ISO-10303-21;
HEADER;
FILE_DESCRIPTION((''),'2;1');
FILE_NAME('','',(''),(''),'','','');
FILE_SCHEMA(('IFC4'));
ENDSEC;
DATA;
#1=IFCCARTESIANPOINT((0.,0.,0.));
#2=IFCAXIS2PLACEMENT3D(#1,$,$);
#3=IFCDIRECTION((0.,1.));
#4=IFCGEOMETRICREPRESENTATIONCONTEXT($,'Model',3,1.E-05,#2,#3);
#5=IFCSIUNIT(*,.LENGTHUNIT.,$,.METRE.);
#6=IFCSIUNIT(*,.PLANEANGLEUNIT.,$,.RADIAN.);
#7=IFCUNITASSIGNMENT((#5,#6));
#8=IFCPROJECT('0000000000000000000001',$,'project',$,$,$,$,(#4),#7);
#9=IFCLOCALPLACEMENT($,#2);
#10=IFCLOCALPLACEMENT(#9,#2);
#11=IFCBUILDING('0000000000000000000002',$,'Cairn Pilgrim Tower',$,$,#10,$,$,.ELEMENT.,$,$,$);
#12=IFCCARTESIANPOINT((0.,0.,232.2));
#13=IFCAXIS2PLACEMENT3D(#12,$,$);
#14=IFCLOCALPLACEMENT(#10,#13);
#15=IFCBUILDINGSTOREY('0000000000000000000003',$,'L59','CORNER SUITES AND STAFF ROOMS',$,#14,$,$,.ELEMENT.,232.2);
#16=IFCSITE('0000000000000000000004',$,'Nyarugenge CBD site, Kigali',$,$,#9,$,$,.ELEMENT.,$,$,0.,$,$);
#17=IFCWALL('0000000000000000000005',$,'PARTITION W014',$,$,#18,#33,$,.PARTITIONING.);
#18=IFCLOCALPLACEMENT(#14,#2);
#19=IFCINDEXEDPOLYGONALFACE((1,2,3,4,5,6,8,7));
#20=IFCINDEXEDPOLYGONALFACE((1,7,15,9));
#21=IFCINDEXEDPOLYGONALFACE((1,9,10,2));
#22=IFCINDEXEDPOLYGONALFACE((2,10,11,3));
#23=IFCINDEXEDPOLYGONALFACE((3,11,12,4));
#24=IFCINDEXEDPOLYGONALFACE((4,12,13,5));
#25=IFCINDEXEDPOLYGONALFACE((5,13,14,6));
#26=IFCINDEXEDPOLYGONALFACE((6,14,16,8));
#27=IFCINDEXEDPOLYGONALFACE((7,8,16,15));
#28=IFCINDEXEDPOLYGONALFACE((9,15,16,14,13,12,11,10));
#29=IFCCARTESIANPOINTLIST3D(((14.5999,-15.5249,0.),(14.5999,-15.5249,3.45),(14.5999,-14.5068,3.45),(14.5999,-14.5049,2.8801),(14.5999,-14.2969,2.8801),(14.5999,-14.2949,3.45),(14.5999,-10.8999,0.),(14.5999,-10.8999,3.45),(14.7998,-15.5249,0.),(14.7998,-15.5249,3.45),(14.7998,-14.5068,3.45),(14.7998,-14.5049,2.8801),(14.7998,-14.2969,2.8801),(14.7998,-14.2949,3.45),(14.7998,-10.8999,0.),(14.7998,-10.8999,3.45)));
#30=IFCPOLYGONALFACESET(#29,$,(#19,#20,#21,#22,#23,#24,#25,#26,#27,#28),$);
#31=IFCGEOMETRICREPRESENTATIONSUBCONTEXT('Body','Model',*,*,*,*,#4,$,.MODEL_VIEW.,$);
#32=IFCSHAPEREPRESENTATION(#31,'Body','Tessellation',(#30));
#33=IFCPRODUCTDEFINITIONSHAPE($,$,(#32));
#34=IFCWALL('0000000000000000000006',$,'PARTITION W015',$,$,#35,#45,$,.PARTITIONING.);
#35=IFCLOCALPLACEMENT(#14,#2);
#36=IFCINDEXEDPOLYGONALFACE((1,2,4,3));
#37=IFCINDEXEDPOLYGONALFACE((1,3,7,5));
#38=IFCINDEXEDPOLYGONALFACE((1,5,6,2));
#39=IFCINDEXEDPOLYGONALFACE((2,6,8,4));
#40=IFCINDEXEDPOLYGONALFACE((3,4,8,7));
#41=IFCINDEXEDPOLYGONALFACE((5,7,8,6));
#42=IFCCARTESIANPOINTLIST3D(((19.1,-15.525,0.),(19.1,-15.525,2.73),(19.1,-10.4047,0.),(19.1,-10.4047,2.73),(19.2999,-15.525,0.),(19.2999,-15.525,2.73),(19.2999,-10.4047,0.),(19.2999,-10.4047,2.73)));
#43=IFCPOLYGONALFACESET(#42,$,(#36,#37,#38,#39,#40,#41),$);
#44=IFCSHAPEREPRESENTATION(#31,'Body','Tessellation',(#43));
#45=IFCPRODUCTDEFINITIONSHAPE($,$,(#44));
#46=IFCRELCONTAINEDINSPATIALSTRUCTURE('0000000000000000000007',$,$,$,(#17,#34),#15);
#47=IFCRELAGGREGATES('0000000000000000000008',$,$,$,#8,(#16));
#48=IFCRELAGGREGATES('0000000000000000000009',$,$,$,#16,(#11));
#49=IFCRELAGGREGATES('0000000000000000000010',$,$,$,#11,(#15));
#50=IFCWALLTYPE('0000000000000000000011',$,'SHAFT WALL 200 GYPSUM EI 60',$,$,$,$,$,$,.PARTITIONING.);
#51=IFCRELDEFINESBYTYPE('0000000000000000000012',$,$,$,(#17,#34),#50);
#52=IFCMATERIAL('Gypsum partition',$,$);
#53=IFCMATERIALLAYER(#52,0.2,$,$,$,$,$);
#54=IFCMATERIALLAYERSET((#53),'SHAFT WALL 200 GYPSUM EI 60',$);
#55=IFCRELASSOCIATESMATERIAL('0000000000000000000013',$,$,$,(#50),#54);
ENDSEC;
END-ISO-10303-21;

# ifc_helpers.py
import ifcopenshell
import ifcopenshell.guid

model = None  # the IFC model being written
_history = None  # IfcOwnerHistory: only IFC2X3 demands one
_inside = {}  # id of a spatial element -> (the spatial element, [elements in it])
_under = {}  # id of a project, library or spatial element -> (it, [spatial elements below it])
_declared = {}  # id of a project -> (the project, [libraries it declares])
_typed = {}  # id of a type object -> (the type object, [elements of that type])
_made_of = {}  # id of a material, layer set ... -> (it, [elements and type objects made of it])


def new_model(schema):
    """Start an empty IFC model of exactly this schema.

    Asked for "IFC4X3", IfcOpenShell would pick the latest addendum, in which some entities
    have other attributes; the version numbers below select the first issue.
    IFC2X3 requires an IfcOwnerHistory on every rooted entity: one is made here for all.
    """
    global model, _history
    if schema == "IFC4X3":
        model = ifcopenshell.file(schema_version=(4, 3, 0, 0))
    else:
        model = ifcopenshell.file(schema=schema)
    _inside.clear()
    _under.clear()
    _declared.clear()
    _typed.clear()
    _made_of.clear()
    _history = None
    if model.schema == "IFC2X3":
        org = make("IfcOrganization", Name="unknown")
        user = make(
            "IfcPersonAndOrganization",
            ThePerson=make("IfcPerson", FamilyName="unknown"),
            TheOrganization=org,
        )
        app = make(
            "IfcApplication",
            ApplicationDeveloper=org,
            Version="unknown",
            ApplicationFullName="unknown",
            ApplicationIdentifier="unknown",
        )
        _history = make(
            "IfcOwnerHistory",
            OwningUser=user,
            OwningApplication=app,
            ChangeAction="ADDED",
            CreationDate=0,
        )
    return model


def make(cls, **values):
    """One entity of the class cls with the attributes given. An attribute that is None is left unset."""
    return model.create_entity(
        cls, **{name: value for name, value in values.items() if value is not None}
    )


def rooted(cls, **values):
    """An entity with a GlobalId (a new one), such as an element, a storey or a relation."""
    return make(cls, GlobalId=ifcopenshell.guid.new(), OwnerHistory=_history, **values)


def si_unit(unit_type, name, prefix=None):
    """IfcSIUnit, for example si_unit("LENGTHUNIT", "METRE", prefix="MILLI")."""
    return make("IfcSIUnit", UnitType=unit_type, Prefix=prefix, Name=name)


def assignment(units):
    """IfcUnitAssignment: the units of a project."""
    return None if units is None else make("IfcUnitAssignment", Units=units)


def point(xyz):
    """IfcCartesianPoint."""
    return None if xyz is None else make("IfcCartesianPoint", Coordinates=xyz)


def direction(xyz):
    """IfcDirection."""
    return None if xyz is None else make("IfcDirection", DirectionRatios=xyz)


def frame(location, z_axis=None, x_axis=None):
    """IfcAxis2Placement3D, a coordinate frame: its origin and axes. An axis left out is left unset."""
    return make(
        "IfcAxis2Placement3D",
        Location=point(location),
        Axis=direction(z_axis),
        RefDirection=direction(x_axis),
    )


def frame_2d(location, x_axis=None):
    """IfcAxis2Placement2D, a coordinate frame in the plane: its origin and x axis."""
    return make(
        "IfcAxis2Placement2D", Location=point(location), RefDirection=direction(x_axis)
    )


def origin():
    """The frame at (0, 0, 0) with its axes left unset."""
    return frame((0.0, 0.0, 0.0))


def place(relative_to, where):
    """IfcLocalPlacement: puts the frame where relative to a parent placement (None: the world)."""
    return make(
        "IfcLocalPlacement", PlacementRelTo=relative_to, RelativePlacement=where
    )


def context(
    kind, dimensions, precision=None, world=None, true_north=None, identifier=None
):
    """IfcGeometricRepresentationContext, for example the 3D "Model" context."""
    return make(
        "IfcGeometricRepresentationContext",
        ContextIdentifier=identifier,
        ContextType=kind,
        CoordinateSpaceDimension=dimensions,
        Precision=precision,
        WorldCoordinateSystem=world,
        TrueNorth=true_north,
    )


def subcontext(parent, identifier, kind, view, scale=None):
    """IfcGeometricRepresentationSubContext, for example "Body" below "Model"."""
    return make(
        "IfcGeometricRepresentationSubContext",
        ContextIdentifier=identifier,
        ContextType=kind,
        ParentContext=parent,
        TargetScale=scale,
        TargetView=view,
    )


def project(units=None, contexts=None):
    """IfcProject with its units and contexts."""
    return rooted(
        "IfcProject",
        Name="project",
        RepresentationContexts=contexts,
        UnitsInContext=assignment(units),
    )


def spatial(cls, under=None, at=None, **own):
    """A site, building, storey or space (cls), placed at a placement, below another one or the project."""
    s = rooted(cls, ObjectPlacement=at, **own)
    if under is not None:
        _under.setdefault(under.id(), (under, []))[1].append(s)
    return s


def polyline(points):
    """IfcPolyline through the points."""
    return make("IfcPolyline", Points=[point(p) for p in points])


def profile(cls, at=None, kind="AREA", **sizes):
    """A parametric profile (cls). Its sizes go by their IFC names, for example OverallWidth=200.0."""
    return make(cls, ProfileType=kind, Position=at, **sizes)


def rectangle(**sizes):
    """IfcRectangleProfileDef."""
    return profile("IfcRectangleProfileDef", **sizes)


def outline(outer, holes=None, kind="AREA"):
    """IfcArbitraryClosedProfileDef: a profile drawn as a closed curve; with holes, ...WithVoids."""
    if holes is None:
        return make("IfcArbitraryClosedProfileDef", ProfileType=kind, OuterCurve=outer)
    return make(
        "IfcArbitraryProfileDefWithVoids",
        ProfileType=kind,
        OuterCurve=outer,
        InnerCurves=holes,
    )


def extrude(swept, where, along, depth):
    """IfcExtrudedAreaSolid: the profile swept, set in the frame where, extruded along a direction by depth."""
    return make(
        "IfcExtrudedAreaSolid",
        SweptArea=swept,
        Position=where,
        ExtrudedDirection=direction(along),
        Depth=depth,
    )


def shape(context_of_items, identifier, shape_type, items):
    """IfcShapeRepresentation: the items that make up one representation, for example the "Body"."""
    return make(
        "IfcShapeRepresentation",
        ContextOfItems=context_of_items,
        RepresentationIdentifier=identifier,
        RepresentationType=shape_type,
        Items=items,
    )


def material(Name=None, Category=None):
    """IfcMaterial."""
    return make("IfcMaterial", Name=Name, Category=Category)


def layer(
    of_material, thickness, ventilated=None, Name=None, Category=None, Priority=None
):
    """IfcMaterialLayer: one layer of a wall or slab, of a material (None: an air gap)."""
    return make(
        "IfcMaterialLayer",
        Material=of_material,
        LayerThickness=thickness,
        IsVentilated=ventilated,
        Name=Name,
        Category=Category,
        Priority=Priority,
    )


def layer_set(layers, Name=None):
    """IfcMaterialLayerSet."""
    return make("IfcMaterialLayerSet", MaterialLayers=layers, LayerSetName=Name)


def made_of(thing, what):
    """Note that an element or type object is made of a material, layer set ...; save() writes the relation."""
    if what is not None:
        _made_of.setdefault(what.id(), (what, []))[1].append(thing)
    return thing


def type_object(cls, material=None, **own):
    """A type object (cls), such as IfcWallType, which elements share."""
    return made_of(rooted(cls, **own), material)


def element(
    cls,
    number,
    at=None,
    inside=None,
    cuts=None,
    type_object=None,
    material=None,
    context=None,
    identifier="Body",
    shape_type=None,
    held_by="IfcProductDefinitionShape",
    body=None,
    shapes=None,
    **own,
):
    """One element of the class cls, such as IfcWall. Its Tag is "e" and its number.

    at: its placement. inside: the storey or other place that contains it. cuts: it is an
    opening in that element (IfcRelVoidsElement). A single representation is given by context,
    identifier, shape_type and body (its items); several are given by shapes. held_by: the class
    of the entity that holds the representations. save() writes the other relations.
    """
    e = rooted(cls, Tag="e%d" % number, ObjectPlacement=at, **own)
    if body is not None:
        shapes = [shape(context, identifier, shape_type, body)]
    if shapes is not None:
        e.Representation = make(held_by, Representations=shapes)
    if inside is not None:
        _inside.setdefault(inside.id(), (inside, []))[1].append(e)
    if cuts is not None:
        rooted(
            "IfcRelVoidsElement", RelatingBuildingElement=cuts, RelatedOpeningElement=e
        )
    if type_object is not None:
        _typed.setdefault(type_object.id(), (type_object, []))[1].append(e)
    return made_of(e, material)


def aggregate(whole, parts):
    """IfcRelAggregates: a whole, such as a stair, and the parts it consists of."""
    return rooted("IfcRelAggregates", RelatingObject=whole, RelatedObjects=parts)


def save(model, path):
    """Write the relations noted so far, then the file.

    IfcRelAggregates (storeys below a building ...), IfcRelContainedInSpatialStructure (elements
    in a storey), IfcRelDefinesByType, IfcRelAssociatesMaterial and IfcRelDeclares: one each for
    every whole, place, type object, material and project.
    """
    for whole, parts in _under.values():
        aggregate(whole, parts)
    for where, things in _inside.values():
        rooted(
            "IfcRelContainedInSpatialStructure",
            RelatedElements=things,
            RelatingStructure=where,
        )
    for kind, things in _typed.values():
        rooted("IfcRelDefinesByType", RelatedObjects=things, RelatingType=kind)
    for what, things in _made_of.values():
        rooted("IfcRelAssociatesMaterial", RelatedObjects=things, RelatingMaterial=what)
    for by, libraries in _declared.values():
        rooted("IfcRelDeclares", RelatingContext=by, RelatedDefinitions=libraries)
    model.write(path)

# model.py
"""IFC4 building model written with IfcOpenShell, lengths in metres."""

from ifc_helpers import new_model, si_unit, direction, frame, frame_2d, origin, place, context, subcontext, project, spatial, polyline, rectangle, outline, extrude, material, layer, layer_set, type_object, element, save


model = new_model("IFC4")

# Units and contexts
model_context = context("Model", 3, precision=1e-05, world=origin(), true_north=direction((0.0, 1.0)))
body_context = subcontext(model_context, "Body", "Model", "MODEL_VIEW")
ifc_project = project(units=[si_unit("LENGTHUNIT", "METRE"), si_unit("PLANEANGLEUNIT", "RADIAN")], contexts=[model_context])

# Site, building, storey
site_placement = place(None, origin())
site = spatial("IfcSite", under=ifc_project, at=site_placement, Name="Nyarugenge CBD site, Kigali", CompositionType="ELEMENT", RefElevation=0.0)
building_placement = place(site_placement, origin())
building = spatial("IfcBuilding", under=site, at=building_placement, Name="Cairn Pilgrim Tower", CompositionType="ELEMENT")
storey_placement = place(building_placement, frame((0.0, 0.0, 232.2)))
storey = spatial("IfcBuildingStorey", under=building, at=storey_placement, Name="L59", Description="CORNER SUITES AND STAFF ROOMS", CompositionType="ELEMENT", Elevation=232.2)

# Shared definitions
ifc_material_1 = material(Name="Gypsum partition")

# Walls
ifc_layer_1 = layer(ifc_material_1, 0.2)
ifc_layer_set_1 = layer_set([ifc_layer_1], Name="SHAFT WALL 200 GYPSUM EI 60")
wall_type_1 = type_object("IfcWallType", Name="SHAFT WALL 200 GYPSUM EI 60", PredefinedType="PARTITIONING", material=ifc_layer_set_1)
wall_1_placement = place(storey_placement, frame((14.7, -15.5249, 0.0), z_axis=(0.0, 0.0, 1.0), x_axis=(0.0, 1.0, 0.0)))
element("IfcWall", 1, at=wall_1_placement, inside=storey, type_object=wall_type_1, Name="PARTITION W014", PredefinedType="PARTITIONING", context=body_context, shape_type="SweptSolid", body=[
    extrude(outline(polyline([(0.0, 0.0), (4.625, 0.0), (4.625, 3.45), (1.23, 3.45), (1.228, 2.8801), (1.02, 2.8801), (1.0181, 3.45), (0.0, 3.45), (0.0, 0.0)])), frame((0.0, 0.1001, 0.0), z_axis=(0.0, -1.0, 0.0), x_axis=(1.0, 0.0, 0.0)), (0.0, 0.0, 1.0), 0.2),
])
wall_2_placement = place(storey_placement, frame((19.2, -15.5249, 0.0), z_axis=(0.0, 0.0, 1.0), x_axis=(0.0, 1.0, 0.0)))
element("IfcWall", 2, at=wall_2_placement, inside=storey, type_object=wall_type_1, Name="PARTITION W015", PredefinedType="PARTITIONING", context=body_context, shape_type="SweptSolid", body=[
    extrude(rectangle(XDim=5.1204, YDim=0.2, at=frame_2d((2.5601, 0.0))), origin(), (0.0, 0.0, 1.0), 2.73),
])

save(model, "model.ifc")
